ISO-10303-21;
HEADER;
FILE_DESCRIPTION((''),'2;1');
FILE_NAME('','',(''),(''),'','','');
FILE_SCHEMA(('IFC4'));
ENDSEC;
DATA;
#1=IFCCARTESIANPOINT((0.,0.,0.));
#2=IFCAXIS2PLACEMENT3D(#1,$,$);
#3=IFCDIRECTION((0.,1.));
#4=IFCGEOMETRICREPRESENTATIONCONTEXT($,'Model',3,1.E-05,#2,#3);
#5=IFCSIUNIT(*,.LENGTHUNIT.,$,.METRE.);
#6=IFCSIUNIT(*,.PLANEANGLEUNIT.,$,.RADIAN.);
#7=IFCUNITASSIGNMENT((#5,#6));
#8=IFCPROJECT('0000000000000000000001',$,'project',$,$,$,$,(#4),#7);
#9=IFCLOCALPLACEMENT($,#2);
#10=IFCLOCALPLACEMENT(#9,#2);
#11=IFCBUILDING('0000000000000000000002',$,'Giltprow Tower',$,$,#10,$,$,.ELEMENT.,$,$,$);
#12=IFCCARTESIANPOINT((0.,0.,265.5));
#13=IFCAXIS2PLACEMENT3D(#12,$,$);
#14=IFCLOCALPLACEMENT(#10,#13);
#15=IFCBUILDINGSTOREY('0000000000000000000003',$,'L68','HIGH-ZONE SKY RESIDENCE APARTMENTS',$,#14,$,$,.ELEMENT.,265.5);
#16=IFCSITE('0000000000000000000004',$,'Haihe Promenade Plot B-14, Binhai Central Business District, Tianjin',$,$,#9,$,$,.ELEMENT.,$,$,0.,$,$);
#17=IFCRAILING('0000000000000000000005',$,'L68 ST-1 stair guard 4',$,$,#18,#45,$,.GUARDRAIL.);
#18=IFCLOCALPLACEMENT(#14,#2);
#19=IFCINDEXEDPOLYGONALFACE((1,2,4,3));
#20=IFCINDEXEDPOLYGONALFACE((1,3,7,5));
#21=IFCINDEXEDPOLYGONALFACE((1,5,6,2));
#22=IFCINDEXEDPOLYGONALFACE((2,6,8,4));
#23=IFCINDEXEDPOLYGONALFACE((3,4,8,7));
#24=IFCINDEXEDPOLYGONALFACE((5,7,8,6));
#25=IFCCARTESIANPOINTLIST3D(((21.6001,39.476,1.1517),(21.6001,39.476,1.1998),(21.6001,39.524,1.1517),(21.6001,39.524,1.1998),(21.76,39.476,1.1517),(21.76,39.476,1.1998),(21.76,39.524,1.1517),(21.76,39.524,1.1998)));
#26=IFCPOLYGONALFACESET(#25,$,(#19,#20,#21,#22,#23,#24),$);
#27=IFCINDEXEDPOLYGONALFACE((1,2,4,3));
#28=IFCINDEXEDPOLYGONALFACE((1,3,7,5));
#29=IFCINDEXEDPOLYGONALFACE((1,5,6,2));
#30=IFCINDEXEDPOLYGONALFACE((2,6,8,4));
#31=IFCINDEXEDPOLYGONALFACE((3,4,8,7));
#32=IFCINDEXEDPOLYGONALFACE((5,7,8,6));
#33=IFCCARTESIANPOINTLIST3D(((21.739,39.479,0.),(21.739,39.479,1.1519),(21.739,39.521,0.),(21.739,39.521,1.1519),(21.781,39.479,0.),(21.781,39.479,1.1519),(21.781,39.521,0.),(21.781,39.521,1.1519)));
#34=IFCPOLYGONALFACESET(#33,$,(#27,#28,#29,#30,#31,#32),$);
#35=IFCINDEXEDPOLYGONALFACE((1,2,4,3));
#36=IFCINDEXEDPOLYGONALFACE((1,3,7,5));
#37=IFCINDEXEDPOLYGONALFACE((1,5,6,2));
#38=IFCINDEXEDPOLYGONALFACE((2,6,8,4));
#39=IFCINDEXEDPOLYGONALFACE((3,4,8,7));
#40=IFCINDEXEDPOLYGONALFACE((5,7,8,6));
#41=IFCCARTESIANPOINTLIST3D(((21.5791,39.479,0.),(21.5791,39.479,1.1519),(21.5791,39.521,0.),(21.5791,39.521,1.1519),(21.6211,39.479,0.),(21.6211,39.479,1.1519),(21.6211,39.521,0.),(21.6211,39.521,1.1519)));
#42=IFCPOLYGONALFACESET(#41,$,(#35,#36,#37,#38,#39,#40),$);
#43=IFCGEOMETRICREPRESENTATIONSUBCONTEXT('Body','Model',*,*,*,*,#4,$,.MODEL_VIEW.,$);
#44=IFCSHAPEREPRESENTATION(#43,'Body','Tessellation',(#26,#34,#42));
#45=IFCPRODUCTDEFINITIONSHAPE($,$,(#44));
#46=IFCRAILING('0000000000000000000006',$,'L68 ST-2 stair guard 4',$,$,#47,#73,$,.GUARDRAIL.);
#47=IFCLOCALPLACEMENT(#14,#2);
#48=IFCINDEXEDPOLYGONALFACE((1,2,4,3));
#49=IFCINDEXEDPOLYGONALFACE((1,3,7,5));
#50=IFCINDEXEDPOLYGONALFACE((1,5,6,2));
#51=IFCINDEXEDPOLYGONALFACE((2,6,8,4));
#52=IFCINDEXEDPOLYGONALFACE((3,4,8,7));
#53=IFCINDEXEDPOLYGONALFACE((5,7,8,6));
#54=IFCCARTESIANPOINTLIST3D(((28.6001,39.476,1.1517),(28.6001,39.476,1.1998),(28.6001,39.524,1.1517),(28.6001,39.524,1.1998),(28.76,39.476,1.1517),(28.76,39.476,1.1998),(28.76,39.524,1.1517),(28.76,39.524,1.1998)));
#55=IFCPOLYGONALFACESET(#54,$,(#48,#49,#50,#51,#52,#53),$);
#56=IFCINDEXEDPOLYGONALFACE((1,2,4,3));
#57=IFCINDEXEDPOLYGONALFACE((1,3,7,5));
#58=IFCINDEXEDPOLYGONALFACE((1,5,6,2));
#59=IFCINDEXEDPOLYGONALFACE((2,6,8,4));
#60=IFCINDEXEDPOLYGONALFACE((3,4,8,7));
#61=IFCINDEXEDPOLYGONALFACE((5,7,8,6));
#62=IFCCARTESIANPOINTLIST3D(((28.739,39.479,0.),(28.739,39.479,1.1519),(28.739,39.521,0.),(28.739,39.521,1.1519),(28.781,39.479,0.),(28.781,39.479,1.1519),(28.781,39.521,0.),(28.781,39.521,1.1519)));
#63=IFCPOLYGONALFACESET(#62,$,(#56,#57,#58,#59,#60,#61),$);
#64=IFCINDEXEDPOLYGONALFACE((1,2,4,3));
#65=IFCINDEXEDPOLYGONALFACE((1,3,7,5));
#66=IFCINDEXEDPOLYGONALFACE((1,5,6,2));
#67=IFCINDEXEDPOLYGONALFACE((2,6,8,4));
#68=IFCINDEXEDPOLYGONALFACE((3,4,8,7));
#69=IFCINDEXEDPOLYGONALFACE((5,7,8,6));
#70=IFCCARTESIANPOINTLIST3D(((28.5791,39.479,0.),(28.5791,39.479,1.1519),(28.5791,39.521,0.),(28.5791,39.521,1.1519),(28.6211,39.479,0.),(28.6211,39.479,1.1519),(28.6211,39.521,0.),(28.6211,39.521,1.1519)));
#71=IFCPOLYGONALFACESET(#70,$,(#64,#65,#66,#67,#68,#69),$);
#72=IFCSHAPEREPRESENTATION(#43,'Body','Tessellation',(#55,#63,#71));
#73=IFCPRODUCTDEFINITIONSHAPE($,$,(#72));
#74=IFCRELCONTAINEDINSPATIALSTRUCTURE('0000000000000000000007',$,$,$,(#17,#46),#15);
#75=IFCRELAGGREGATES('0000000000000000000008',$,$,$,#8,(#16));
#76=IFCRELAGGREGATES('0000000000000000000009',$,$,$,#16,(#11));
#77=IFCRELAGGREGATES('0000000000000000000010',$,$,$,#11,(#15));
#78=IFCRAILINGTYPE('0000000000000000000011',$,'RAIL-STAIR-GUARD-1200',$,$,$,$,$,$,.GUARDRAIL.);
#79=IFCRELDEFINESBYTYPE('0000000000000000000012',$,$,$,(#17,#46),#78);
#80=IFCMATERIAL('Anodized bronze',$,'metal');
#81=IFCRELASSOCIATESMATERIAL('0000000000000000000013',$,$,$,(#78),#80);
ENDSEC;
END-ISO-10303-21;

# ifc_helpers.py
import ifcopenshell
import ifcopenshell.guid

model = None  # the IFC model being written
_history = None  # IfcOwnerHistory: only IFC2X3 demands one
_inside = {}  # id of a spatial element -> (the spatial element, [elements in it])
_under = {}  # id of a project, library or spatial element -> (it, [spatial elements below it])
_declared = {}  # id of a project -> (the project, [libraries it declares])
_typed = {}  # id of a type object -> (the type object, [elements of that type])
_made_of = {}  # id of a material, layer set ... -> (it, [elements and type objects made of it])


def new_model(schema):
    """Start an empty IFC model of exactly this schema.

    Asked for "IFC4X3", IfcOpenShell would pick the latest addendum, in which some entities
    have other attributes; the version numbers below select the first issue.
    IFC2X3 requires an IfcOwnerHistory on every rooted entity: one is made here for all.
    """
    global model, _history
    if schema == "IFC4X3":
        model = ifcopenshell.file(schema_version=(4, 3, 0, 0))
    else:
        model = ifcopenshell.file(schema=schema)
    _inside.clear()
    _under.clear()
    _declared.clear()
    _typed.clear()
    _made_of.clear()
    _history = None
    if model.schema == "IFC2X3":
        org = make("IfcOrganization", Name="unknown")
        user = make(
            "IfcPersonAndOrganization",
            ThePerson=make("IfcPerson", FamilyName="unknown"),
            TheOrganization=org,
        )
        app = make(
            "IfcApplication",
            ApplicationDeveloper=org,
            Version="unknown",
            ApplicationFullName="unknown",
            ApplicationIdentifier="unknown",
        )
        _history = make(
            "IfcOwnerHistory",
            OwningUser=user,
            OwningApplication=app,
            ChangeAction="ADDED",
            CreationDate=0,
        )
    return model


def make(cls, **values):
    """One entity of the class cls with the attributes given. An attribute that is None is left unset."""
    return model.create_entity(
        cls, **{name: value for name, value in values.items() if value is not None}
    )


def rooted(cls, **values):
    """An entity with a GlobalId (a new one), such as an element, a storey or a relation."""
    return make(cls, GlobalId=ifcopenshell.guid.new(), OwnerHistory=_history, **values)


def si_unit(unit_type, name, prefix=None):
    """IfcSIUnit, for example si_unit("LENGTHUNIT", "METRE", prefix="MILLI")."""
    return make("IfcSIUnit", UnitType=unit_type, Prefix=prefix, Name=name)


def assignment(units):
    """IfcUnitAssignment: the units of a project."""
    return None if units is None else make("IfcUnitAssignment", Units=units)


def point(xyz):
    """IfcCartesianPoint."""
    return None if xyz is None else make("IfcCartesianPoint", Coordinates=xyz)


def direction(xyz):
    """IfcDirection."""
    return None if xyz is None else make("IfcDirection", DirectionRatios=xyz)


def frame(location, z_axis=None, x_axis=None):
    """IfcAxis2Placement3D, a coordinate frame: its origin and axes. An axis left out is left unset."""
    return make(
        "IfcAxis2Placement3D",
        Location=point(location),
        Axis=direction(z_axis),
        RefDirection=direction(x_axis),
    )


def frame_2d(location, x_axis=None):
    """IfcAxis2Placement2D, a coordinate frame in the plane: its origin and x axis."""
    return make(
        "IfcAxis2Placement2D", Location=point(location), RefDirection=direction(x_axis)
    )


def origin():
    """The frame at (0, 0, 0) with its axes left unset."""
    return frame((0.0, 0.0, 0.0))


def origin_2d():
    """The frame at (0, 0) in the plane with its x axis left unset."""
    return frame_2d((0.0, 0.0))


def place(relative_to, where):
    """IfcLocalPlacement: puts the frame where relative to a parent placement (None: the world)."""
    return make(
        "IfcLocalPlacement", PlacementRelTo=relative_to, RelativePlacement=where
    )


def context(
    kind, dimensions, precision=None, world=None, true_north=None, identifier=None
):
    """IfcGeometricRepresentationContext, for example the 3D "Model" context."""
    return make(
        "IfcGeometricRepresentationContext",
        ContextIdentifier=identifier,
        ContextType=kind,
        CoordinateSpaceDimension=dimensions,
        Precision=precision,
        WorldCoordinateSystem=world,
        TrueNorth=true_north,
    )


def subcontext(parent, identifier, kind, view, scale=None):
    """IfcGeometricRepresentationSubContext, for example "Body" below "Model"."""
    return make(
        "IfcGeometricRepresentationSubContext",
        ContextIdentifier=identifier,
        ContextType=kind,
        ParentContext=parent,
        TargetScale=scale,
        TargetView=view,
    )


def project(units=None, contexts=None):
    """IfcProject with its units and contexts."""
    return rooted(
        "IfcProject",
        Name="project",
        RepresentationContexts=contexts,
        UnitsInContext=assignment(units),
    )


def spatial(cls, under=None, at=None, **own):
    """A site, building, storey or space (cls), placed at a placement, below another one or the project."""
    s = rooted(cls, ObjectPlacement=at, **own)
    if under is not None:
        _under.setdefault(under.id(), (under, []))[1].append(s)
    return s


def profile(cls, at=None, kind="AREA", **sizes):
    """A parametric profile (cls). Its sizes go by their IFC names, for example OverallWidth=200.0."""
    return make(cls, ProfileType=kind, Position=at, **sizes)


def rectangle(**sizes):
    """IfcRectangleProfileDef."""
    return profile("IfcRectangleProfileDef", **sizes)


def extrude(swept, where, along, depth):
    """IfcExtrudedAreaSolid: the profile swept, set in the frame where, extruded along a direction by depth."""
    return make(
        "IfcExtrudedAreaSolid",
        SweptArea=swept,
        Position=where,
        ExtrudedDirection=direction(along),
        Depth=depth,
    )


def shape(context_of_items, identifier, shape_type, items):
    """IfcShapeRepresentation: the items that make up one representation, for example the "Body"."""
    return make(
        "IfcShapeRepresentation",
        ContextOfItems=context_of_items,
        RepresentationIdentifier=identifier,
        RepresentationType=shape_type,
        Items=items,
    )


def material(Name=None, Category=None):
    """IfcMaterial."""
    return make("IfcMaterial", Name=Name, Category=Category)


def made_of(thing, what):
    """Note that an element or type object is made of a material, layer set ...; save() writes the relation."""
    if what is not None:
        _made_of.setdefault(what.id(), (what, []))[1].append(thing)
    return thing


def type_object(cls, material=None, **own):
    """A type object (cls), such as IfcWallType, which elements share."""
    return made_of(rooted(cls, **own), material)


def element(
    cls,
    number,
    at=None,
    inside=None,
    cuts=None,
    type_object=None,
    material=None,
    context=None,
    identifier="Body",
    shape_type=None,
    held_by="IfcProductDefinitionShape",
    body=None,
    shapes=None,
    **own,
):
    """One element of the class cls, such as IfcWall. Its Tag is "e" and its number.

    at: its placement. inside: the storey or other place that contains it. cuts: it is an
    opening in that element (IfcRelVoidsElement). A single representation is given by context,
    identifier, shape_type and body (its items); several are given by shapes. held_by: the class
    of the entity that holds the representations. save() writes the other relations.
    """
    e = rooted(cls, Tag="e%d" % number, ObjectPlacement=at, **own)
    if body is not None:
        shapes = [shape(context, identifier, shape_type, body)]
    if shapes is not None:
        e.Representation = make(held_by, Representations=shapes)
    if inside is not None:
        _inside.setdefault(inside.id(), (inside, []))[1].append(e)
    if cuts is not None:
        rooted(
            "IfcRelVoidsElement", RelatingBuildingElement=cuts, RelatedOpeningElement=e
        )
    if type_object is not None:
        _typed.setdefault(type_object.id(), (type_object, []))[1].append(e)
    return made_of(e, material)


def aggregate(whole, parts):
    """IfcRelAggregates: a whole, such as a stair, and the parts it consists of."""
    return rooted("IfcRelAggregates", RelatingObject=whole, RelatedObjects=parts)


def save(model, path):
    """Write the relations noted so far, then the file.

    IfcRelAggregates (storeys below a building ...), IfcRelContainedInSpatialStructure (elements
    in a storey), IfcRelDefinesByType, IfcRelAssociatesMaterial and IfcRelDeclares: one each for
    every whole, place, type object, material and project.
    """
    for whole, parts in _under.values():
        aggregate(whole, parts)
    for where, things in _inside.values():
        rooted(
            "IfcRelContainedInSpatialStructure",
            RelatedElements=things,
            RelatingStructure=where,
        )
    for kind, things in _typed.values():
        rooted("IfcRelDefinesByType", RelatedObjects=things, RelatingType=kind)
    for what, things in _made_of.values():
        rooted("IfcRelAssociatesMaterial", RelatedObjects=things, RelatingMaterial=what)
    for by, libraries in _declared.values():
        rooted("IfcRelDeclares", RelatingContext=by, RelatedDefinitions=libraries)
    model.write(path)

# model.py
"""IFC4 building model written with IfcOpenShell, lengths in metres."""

from ifc_helpers import new_model, si_unit, direction, frame, origin, origin_2d, place, context, subcontext, project, spatial, rectangle, extrude, material, type_object, element, save


model = new_model("IFC4")

# Units and contexts
model_context = context("Model", 3, precision=1e-05, world=origin(), true_north=direction((0.0, 1.0)))
body_context = subcontext(model_context, "Body", "Model", "MODEL_VIEW")
ifc_project = project(units=[si_unit("LENGTHUNIT", "METRE"), si_unit("PLANEANGLEUNIT", "RADIAN")], contexts=[model_context])

# Site, building, storey
site_placement = place(None, origin())
site = spatial("IfcSite", under=ifc_project, at=site_placement, Name="Haihe Promenade Plot B-14, Binhai Central Business District, Tianjin", CompositionType="ELEMENT", RefElevation=0.0)
building_placement = place(site_placement, origin())
building = spatial("IfcBuilding", under=site, at=building_placement, Name="Giltprow Tower", CompositionType="ELEMENT")
storey_placement = place(building_placement, frame((0.0, 0.0, 265.5)))
storey = spatial("IfcBuildingStorey", under=building, at=storey_placement, Name="L68", Description="HIGH-ZONE SKY RESIDENCE APARTMENTS", CompositionType="ELEMENT", Elevation=265.5)

# Railings
ifc_material_1 = material(Name="Anodized bronze", Category="metal")
railing_type = type_object("IfcRailingType", Name="RAIL-STAIR-GUARD-1200", PredefinedType="GUARDRAIL", material=ifc_material_1)
for number, where, name in (
    (1, (21.76, 39.5, 0.0), "L68 ST-1 stair guard 4"),
    (2, (28.76, 39.5, 0.0), "L68 ST-2 stair guard 4"),
):
    element("IfcRailing", number, at=place(storey_placement, frame(where)), inside=storey, type_object=railing_type, Name=name, PredefinedType="GUARDRAIL", context=body_context, shape_type="SweptSolid", body=[
        extrude(rectangle(XDim=0.0481, YDim=0.0481, at=origin_2d()), frame((0.0, 0.0, 1.1758), z_axis=(-1.0, 0.0, 0.0), x_axis=(0.0, -1.0, 0.0)), (0.0, 0.0, 1.0), 0.1599),
        extrude(rectangle(XDim=0.042, YDim=0.042, at=origin_2d()), origin(), (0.0, 0.0, 1.0), 1.1519),
        extrude(rectangle(XDim=0.042, YDim=0.042, at=origin_2d()), frame((-0.1599, 0.0, 0.0)), (0.0, 0.0, 1.0), 1.1519),
    ])

save(model, "model.ifc")
